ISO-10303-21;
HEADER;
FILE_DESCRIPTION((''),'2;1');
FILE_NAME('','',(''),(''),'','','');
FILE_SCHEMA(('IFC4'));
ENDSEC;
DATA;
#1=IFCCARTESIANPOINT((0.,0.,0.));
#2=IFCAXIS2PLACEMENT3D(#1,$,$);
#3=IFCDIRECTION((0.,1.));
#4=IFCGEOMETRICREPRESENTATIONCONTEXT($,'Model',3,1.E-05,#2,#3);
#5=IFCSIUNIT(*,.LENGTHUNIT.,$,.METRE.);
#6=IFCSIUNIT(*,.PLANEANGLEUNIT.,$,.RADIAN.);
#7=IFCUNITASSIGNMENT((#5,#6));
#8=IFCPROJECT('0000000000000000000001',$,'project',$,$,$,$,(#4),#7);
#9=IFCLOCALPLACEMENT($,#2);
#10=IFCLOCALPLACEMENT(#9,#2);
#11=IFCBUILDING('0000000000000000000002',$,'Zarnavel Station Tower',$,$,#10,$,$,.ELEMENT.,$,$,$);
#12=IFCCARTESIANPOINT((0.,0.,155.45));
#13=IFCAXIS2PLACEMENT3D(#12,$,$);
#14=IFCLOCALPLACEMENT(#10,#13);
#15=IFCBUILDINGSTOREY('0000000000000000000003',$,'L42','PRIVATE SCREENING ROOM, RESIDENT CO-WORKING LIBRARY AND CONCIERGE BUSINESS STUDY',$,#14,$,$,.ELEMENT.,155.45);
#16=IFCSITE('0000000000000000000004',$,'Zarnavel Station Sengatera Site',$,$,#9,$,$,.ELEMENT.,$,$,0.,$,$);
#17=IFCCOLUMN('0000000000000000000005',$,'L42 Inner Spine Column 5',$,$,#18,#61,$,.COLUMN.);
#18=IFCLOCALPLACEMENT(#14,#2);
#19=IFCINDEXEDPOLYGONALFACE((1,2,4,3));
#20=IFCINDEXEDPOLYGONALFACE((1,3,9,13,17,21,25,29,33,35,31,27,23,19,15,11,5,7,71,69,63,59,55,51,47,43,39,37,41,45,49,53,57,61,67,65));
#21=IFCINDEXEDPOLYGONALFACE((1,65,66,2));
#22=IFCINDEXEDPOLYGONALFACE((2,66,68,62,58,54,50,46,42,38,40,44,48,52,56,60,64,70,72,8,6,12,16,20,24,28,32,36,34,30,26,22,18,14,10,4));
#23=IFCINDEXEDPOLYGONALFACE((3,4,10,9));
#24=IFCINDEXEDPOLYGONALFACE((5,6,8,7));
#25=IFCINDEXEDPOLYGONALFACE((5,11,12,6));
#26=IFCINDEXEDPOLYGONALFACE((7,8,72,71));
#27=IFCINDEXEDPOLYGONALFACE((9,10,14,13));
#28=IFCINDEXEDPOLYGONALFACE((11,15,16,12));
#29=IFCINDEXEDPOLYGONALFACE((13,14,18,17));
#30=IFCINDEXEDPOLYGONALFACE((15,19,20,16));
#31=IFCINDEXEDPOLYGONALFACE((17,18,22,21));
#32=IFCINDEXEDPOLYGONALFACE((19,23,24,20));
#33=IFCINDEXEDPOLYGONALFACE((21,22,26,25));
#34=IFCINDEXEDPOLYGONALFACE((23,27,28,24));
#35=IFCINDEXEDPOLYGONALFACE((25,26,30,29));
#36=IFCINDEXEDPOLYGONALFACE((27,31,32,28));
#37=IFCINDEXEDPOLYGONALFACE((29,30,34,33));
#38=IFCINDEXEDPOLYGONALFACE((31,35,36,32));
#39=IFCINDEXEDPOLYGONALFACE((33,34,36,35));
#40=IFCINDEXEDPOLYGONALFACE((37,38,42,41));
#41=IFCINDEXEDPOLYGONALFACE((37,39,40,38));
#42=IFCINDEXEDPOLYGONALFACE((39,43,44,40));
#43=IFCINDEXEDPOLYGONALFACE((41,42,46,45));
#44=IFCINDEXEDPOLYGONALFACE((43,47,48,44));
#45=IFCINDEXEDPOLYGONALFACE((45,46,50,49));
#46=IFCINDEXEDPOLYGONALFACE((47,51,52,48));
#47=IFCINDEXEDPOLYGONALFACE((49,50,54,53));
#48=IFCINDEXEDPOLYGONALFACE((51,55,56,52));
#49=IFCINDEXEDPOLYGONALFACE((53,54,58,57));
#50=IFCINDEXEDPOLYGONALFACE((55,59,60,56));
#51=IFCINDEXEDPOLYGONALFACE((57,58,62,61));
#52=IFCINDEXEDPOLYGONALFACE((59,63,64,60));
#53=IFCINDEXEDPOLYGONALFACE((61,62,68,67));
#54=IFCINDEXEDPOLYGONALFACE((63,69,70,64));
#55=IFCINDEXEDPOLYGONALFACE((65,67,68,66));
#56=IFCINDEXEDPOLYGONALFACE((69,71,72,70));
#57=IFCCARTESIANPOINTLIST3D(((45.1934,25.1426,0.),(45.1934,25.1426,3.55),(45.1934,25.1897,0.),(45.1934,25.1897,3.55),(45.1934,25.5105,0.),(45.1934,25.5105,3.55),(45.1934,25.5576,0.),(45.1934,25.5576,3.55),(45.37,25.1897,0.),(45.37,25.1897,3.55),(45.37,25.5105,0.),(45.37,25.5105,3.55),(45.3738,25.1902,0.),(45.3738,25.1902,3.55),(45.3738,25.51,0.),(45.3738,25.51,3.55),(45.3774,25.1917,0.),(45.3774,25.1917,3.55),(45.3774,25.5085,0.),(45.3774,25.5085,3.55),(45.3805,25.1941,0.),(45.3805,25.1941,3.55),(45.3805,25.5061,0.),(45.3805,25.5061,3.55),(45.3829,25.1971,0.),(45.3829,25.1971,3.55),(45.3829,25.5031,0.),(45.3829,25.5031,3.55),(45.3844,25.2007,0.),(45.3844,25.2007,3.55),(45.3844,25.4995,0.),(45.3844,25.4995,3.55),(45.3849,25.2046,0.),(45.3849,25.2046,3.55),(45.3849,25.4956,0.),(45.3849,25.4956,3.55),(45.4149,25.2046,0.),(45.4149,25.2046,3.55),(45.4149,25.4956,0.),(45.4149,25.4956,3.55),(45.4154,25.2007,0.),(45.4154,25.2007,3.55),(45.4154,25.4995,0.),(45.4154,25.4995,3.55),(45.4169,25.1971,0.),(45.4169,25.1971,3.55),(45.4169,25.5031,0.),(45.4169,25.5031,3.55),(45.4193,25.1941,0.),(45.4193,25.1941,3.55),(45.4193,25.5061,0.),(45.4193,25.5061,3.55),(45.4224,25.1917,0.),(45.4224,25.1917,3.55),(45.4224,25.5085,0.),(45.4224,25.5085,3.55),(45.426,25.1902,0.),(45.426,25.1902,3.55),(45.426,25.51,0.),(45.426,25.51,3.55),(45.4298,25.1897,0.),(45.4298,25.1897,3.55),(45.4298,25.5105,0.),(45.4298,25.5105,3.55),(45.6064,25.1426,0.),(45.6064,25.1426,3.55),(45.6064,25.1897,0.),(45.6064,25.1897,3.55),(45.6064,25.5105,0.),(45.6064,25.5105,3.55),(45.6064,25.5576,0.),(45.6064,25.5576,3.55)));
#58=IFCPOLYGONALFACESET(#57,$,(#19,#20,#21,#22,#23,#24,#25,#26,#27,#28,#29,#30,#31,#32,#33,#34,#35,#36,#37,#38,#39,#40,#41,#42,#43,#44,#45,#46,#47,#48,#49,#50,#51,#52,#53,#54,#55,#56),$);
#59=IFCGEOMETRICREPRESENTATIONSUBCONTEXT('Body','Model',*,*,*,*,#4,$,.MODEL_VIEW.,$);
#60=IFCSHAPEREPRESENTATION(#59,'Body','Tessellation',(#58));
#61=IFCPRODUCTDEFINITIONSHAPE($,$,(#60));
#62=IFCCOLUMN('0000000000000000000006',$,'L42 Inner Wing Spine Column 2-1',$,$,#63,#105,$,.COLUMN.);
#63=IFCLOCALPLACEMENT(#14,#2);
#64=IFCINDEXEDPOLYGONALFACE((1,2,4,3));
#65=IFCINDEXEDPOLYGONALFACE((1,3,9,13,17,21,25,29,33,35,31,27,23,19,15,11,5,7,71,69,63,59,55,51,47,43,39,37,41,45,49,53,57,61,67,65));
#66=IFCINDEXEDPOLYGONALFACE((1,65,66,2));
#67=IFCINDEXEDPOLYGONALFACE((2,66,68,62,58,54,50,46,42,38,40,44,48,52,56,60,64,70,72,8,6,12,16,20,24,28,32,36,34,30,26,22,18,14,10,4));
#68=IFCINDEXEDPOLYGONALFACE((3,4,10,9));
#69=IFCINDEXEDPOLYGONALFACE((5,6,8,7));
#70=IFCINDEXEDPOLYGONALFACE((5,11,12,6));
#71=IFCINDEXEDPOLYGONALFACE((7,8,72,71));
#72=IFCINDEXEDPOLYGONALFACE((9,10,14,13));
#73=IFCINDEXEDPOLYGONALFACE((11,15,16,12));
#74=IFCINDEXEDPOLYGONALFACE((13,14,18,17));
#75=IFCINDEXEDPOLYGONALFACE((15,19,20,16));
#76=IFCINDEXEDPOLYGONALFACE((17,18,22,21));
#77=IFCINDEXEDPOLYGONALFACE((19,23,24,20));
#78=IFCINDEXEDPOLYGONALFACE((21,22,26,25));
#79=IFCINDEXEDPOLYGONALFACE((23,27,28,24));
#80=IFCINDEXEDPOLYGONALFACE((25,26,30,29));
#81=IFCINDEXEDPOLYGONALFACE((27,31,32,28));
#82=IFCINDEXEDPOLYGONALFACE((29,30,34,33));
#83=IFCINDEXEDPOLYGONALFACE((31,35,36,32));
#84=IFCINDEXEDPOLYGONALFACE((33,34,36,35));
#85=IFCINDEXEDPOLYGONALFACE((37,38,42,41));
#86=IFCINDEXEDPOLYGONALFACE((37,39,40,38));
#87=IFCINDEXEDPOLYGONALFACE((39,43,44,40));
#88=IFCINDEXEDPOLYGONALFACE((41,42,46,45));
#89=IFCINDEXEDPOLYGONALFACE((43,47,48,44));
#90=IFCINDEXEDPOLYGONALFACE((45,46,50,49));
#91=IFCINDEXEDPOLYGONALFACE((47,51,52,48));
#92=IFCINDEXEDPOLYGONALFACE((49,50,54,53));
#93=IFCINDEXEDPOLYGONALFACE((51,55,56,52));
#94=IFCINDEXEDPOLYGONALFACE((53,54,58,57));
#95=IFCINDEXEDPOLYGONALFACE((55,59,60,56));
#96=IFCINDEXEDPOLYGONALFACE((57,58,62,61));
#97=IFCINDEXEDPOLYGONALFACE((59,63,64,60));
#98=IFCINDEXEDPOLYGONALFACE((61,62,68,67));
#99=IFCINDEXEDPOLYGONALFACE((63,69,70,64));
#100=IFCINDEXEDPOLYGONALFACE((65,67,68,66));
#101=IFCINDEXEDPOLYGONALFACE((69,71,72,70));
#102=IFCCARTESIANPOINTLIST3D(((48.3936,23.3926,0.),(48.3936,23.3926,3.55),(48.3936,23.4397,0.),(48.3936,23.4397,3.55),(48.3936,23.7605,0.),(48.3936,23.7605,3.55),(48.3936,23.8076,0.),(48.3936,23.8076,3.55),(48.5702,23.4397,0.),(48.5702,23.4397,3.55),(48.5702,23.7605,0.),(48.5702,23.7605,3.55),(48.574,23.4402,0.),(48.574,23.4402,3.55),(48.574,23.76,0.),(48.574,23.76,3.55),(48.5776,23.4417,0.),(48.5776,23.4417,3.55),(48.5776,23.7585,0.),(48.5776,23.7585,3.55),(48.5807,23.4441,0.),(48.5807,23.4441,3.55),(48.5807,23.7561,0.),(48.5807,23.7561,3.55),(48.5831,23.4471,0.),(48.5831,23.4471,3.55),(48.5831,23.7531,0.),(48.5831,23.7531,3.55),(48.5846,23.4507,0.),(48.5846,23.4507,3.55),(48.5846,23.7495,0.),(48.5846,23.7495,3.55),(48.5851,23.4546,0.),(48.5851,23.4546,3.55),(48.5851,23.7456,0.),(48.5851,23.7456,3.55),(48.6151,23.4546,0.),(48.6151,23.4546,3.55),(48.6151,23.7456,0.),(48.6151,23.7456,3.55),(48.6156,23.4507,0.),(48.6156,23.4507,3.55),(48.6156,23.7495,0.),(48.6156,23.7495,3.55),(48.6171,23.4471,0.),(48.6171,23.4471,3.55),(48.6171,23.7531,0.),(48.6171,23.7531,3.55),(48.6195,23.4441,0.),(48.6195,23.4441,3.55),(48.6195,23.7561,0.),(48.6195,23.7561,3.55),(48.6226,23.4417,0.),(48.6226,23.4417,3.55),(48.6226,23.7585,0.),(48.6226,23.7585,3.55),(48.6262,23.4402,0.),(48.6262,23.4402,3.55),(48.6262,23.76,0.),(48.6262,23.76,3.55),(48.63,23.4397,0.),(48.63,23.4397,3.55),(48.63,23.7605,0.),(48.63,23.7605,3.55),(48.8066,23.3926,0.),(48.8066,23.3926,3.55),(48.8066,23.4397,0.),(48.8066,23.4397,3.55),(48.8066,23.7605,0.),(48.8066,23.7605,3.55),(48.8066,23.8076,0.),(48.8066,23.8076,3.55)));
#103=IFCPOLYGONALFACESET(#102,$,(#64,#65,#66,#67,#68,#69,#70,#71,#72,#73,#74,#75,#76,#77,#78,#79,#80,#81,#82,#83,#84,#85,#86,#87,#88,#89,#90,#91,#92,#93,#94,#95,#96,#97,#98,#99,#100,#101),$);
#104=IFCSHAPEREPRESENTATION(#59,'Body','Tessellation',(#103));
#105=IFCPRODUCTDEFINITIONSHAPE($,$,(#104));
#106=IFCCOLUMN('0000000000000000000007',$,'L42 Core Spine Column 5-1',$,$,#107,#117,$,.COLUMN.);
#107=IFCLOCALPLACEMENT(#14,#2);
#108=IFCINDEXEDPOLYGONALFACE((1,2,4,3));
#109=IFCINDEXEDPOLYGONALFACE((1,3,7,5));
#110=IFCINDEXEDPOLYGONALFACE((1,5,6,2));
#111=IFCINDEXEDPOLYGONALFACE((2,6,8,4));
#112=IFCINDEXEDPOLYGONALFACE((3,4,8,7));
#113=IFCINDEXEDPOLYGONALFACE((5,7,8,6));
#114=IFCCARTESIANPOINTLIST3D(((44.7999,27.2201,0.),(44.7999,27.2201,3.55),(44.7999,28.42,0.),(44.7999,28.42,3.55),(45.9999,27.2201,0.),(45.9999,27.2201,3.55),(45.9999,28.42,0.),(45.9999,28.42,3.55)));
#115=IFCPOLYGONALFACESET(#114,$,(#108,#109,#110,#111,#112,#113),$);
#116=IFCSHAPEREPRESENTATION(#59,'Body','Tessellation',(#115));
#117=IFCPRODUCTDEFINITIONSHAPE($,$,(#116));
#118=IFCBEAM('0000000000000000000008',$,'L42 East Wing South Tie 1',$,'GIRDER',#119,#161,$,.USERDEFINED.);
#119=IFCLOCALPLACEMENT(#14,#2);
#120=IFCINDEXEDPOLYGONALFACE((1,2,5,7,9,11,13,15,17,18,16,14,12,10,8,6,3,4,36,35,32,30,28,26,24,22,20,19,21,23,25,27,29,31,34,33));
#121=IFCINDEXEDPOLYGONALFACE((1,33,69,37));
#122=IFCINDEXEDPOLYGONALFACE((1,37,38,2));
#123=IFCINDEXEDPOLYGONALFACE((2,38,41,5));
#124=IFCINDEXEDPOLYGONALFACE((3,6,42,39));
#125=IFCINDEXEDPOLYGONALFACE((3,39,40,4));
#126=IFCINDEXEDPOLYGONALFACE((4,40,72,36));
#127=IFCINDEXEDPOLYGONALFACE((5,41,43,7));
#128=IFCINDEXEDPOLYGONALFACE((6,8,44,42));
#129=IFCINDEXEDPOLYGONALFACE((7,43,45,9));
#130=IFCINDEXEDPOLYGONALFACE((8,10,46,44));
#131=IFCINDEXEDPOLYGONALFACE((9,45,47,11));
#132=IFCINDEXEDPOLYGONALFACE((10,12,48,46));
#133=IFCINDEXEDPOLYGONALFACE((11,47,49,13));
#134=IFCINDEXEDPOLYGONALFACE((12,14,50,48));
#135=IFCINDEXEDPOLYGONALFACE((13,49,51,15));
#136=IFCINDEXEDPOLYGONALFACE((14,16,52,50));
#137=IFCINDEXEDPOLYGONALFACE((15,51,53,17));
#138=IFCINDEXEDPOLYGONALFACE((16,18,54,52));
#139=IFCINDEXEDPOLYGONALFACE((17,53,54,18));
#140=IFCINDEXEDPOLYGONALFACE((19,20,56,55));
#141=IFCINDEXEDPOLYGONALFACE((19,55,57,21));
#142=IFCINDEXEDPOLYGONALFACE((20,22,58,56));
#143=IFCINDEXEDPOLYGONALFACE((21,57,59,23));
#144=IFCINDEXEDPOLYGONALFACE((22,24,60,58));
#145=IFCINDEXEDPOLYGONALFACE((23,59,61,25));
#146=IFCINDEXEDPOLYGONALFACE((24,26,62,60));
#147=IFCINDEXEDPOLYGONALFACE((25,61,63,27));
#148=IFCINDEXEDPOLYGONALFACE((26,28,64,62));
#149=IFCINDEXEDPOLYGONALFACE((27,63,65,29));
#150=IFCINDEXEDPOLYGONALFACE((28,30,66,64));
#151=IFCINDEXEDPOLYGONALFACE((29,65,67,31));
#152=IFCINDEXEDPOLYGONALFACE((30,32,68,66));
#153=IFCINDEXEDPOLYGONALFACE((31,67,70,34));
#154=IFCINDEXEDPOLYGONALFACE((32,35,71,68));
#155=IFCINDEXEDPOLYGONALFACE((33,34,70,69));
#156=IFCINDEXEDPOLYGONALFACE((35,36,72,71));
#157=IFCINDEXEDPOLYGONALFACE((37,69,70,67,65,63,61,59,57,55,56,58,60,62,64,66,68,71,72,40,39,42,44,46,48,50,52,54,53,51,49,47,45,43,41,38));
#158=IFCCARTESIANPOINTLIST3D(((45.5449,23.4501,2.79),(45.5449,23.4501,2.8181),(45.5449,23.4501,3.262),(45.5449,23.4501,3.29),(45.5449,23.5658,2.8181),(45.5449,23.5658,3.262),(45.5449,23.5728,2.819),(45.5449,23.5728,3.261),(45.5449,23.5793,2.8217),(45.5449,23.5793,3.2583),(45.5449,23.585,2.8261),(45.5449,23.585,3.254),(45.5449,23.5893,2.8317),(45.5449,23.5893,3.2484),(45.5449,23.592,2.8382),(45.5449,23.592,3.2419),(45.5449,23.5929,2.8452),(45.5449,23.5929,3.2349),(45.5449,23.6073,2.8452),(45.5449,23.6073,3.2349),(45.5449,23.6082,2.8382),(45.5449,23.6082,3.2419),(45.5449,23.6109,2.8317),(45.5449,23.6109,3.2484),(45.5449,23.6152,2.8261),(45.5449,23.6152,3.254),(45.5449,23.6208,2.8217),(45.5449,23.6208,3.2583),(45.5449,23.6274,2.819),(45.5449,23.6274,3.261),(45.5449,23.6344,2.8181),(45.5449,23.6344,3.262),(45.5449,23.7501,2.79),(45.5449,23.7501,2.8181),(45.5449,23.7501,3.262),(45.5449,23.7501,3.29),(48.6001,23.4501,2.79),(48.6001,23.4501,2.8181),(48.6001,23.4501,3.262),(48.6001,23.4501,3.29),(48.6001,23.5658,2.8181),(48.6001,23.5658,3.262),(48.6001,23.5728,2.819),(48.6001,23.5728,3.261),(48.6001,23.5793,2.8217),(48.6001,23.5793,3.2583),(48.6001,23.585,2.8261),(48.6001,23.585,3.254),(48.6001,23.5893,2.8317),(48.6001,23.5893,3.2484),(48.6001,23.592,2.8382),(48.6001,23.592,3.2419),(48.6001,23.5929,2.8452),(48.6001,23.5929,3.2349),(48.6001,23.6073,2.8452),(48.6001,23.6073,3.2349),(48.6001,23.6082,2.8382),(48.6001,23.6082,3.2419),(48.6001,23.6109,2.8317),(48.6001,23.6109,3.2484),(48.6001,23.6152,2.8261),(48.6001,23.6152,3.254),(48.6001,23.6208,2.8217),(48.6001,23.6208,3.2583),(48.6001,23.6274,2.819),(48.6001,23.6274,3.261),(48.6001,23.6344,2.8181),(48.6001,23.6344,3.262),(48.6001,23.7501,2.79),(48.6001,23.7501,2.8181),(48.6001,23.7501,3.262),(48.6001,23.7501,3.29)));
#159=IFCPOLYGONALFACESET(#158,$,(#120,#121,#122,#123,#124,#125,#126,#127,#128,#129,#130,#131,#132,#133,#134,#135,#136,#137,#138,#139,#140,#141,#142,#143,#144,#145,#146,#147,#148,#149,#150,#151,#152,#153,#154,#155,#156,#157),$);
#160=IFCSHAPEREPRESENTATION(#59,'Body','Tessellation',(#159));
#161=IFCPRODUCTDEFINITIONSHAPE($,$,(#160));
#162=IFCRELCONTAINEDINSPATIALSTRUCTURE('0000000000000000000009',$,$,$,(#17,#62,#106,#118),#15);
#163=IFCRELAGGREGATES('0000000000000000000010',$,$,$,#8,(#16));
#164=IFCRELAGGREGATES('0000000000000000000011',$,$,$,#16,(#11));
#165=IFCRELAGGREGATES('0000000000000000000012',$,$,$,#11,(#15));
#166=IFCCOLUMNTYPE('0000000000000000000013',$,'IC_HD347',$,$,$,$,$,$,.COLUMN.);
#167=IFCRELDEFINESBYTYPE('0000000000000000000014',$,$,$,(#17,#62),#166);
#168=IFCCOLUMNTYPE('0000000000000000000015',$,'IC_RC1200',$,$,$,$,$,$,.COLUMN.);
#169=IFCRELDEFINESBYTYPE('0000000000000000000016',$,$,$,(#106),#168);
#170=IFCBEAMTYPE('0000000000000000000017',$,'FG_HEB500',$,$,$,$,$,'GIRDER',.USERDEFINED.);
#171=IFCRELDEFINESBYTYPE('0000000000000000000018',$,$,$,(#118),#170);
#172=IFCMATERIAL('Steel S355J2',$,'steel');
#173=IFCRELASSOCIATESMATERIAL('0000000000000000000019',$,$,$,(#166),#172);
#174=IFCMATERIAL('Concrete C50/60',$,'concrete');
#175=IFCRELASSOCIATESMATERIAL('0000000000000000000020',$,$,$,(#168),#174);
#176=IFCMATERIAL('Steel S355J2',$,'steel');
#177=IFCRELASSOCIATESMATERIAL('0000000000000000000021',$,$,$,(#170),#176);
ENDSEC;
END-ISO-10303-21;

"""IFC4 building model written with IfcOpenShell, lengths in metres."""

from ifc_helpers import new_model, si_unit, direction, frame, origin, origin_2d, place, context, subcontext, project, spatial, rectangle, i_section, extrude, material, material_profile, profile_set, type_object, element, save


model = new_model("IFC4")

# Units and contexts
model_context = context("Model", 3, precision=1e-05, world=origin(), true_north=direction((0.0, 1.0)))
body_context = subcontext(model_context, "Body", "Model", "MODEL_VIEW")
ifc_project = project(units=[si_unit("LENGTHUNIT", "METRE"), si_unit("PLANEANGLEUNIT", "RADIAN")], contexts=[model_context])

# Site, building, storey
site_placement = place(None, origin())
site = spatial("IfcSite", under=ifc_project, at=site_placement, Name="Zarnavel Station Sengatera Site", CompositionType="ELEMENT", RefElevation=0.0)
building_placement = place(site_placement, origin())
building = spatial("IfcBuilding", under=site, at=building_placement, Name="Zarnavel Station Tower", CompositionType="ELEMENT")
storey_placement = place(building_placement, frame((0.0, 0.0, 155.45)))
storey = spatial("IfcBuildingStorey", under=building, at=storey_placement, Name="L42", Description="PRIVATE SCREENING ROOM, RESIDENT CO-WORKING LIBRARY AND CONCIERGE BUSINESS STUDY", CompositionType="ELEMENT", Elevation=155.45)

# Columns
ifc_material_1 = material(Name="Steel S355J2", Category="steel")
ifc_material_profile_1 = material_profile(ifc_material_1, i_section(OverallWidth=0.4131, OverallDepth=0.415, WebThickness=0.03, FlangeThickness=0.0471, FilletRadius=0.0149, at=origin_2d()), Name="HD400x347")
ifc_profile_set_1 = profile_set([ifc_material_profile_1], Name="Steel S355J2")
column_type_1 = type_object("IfcColumnType", Name="IC_HD347", PredefinedType="COLUMN", material=ifc_profile_set_1)
for number, where, z_axis, x_axis, name in (
    (1, (45.3999, 25.3501, 0.0), (0.0, 0.0, 1.0), (1.0, 0.0, 0.0), "L42 Inner Spine Column 5"),
    (2, (48.6001, 23.6001, 0.0), (0.0, 0.0, 1.0), (1.0, 0.0, 0.0), "L42 Inner Wing Spine Column 2-1"),
):
    element("IfcColumn", number, at=place(storey_placement, frame(where, z_axis=z_axis, x_axis=x_axis)), inside=storey, type_object=column_type_1, Name=name, PredefinedType="COLUMN", context=body_context, shape_type="SweptSolid", body=[
        extrude(i_section(OverallWidth=0.4131, OverallDepth=0.415, WebThickness=0.03, FlangeThickness=0.0471, FilletRadius=0.0149, at=origin_2d()), origin(), (0.0, 0.0, 1.0), 3.55),
    ])
ifc_material_2 = material(Name="Concrete C50/60", Category="concrete")
ifc_material_profile_2 = material_profile(ifc_material_2, rectangle(XDim=1.2, YDim=1.2, at=origin_2d()), Name="RC1200x1200")
ifc_profile_set_2 = profile_set([ifc_material_profile_2], Name="Concrete C50/60")
column_type_2 = type_object("IfcColumnType", Name="IC_RC1200", PredefinedType="COLUMN", material=ifc_profile_set_2)
column_placement = place(storey_placement, frame((45.3999, 27.8201, 0.0), z_axis=(0.0, 0.0, 1.0), x_axis=(1.0, 0.0, 0.0)))
element("IfcColumn", 3, at=column_placement, inside=storey, type_object=column_type_2, Name="L42 Core Spine Column 5-1", PredefinedType="COLUMN", context=body_context, shape_type="SweptSolid", body=[
    extrude(rectangle(XDim=1.2, YDim=1.2, at=origin_2d()), origin(), (0.0, 0.0, 1.0), 3.55),
])

# Beam
ifc_material_3 = material(Name="Steel S355J2", Category="steel")
ifc_material_profile_3 = material_profile(ifc_material_3, i_section(OverallWidth=0.3, OverallDepth=0.5, WebThickness=0.0144, FlangeThickness=0.0281, FilletRadius=0.0271, at=origin_2d()), Name="HEB500")
ifc_profile_set_3 = profile_set([ifc_material_profile_3], Name="Steel S355J2")
beam_type_1 = type_object("IfcBeamType", Name="FG_HEB500", ElementType="GIRDER", PredefinedType="USERDEFINED", material=ifc_profile_set_3)
beam_1_placement = place(storey_placement, frame((45.5449, 23.6001, 3.04), z_axis=(1.0, 0.0, 0.0), x_axis=(0.0, 1.0, 0.0)))
element("IfcBeam", 4, at=beam_1_placement, inside=storey, type_object=beam_type_1, Name="L42 East Wing South Tie 1", ObjectType="GIRDER", PredefinedType="USERDEFINED", context=body_context, shape_type="SweptSolid", body=[
    extrude(i_section(OverallWidth=0.3, OverallDepth=0.5, WebThickness=0.0144, FlangeThickness=0.0281, FilletRadius=0.0271, at=origin_2d()), origin(), (0.0, 0.0, 1.0), 3.0552),
])

save(model, "model.ifc")
